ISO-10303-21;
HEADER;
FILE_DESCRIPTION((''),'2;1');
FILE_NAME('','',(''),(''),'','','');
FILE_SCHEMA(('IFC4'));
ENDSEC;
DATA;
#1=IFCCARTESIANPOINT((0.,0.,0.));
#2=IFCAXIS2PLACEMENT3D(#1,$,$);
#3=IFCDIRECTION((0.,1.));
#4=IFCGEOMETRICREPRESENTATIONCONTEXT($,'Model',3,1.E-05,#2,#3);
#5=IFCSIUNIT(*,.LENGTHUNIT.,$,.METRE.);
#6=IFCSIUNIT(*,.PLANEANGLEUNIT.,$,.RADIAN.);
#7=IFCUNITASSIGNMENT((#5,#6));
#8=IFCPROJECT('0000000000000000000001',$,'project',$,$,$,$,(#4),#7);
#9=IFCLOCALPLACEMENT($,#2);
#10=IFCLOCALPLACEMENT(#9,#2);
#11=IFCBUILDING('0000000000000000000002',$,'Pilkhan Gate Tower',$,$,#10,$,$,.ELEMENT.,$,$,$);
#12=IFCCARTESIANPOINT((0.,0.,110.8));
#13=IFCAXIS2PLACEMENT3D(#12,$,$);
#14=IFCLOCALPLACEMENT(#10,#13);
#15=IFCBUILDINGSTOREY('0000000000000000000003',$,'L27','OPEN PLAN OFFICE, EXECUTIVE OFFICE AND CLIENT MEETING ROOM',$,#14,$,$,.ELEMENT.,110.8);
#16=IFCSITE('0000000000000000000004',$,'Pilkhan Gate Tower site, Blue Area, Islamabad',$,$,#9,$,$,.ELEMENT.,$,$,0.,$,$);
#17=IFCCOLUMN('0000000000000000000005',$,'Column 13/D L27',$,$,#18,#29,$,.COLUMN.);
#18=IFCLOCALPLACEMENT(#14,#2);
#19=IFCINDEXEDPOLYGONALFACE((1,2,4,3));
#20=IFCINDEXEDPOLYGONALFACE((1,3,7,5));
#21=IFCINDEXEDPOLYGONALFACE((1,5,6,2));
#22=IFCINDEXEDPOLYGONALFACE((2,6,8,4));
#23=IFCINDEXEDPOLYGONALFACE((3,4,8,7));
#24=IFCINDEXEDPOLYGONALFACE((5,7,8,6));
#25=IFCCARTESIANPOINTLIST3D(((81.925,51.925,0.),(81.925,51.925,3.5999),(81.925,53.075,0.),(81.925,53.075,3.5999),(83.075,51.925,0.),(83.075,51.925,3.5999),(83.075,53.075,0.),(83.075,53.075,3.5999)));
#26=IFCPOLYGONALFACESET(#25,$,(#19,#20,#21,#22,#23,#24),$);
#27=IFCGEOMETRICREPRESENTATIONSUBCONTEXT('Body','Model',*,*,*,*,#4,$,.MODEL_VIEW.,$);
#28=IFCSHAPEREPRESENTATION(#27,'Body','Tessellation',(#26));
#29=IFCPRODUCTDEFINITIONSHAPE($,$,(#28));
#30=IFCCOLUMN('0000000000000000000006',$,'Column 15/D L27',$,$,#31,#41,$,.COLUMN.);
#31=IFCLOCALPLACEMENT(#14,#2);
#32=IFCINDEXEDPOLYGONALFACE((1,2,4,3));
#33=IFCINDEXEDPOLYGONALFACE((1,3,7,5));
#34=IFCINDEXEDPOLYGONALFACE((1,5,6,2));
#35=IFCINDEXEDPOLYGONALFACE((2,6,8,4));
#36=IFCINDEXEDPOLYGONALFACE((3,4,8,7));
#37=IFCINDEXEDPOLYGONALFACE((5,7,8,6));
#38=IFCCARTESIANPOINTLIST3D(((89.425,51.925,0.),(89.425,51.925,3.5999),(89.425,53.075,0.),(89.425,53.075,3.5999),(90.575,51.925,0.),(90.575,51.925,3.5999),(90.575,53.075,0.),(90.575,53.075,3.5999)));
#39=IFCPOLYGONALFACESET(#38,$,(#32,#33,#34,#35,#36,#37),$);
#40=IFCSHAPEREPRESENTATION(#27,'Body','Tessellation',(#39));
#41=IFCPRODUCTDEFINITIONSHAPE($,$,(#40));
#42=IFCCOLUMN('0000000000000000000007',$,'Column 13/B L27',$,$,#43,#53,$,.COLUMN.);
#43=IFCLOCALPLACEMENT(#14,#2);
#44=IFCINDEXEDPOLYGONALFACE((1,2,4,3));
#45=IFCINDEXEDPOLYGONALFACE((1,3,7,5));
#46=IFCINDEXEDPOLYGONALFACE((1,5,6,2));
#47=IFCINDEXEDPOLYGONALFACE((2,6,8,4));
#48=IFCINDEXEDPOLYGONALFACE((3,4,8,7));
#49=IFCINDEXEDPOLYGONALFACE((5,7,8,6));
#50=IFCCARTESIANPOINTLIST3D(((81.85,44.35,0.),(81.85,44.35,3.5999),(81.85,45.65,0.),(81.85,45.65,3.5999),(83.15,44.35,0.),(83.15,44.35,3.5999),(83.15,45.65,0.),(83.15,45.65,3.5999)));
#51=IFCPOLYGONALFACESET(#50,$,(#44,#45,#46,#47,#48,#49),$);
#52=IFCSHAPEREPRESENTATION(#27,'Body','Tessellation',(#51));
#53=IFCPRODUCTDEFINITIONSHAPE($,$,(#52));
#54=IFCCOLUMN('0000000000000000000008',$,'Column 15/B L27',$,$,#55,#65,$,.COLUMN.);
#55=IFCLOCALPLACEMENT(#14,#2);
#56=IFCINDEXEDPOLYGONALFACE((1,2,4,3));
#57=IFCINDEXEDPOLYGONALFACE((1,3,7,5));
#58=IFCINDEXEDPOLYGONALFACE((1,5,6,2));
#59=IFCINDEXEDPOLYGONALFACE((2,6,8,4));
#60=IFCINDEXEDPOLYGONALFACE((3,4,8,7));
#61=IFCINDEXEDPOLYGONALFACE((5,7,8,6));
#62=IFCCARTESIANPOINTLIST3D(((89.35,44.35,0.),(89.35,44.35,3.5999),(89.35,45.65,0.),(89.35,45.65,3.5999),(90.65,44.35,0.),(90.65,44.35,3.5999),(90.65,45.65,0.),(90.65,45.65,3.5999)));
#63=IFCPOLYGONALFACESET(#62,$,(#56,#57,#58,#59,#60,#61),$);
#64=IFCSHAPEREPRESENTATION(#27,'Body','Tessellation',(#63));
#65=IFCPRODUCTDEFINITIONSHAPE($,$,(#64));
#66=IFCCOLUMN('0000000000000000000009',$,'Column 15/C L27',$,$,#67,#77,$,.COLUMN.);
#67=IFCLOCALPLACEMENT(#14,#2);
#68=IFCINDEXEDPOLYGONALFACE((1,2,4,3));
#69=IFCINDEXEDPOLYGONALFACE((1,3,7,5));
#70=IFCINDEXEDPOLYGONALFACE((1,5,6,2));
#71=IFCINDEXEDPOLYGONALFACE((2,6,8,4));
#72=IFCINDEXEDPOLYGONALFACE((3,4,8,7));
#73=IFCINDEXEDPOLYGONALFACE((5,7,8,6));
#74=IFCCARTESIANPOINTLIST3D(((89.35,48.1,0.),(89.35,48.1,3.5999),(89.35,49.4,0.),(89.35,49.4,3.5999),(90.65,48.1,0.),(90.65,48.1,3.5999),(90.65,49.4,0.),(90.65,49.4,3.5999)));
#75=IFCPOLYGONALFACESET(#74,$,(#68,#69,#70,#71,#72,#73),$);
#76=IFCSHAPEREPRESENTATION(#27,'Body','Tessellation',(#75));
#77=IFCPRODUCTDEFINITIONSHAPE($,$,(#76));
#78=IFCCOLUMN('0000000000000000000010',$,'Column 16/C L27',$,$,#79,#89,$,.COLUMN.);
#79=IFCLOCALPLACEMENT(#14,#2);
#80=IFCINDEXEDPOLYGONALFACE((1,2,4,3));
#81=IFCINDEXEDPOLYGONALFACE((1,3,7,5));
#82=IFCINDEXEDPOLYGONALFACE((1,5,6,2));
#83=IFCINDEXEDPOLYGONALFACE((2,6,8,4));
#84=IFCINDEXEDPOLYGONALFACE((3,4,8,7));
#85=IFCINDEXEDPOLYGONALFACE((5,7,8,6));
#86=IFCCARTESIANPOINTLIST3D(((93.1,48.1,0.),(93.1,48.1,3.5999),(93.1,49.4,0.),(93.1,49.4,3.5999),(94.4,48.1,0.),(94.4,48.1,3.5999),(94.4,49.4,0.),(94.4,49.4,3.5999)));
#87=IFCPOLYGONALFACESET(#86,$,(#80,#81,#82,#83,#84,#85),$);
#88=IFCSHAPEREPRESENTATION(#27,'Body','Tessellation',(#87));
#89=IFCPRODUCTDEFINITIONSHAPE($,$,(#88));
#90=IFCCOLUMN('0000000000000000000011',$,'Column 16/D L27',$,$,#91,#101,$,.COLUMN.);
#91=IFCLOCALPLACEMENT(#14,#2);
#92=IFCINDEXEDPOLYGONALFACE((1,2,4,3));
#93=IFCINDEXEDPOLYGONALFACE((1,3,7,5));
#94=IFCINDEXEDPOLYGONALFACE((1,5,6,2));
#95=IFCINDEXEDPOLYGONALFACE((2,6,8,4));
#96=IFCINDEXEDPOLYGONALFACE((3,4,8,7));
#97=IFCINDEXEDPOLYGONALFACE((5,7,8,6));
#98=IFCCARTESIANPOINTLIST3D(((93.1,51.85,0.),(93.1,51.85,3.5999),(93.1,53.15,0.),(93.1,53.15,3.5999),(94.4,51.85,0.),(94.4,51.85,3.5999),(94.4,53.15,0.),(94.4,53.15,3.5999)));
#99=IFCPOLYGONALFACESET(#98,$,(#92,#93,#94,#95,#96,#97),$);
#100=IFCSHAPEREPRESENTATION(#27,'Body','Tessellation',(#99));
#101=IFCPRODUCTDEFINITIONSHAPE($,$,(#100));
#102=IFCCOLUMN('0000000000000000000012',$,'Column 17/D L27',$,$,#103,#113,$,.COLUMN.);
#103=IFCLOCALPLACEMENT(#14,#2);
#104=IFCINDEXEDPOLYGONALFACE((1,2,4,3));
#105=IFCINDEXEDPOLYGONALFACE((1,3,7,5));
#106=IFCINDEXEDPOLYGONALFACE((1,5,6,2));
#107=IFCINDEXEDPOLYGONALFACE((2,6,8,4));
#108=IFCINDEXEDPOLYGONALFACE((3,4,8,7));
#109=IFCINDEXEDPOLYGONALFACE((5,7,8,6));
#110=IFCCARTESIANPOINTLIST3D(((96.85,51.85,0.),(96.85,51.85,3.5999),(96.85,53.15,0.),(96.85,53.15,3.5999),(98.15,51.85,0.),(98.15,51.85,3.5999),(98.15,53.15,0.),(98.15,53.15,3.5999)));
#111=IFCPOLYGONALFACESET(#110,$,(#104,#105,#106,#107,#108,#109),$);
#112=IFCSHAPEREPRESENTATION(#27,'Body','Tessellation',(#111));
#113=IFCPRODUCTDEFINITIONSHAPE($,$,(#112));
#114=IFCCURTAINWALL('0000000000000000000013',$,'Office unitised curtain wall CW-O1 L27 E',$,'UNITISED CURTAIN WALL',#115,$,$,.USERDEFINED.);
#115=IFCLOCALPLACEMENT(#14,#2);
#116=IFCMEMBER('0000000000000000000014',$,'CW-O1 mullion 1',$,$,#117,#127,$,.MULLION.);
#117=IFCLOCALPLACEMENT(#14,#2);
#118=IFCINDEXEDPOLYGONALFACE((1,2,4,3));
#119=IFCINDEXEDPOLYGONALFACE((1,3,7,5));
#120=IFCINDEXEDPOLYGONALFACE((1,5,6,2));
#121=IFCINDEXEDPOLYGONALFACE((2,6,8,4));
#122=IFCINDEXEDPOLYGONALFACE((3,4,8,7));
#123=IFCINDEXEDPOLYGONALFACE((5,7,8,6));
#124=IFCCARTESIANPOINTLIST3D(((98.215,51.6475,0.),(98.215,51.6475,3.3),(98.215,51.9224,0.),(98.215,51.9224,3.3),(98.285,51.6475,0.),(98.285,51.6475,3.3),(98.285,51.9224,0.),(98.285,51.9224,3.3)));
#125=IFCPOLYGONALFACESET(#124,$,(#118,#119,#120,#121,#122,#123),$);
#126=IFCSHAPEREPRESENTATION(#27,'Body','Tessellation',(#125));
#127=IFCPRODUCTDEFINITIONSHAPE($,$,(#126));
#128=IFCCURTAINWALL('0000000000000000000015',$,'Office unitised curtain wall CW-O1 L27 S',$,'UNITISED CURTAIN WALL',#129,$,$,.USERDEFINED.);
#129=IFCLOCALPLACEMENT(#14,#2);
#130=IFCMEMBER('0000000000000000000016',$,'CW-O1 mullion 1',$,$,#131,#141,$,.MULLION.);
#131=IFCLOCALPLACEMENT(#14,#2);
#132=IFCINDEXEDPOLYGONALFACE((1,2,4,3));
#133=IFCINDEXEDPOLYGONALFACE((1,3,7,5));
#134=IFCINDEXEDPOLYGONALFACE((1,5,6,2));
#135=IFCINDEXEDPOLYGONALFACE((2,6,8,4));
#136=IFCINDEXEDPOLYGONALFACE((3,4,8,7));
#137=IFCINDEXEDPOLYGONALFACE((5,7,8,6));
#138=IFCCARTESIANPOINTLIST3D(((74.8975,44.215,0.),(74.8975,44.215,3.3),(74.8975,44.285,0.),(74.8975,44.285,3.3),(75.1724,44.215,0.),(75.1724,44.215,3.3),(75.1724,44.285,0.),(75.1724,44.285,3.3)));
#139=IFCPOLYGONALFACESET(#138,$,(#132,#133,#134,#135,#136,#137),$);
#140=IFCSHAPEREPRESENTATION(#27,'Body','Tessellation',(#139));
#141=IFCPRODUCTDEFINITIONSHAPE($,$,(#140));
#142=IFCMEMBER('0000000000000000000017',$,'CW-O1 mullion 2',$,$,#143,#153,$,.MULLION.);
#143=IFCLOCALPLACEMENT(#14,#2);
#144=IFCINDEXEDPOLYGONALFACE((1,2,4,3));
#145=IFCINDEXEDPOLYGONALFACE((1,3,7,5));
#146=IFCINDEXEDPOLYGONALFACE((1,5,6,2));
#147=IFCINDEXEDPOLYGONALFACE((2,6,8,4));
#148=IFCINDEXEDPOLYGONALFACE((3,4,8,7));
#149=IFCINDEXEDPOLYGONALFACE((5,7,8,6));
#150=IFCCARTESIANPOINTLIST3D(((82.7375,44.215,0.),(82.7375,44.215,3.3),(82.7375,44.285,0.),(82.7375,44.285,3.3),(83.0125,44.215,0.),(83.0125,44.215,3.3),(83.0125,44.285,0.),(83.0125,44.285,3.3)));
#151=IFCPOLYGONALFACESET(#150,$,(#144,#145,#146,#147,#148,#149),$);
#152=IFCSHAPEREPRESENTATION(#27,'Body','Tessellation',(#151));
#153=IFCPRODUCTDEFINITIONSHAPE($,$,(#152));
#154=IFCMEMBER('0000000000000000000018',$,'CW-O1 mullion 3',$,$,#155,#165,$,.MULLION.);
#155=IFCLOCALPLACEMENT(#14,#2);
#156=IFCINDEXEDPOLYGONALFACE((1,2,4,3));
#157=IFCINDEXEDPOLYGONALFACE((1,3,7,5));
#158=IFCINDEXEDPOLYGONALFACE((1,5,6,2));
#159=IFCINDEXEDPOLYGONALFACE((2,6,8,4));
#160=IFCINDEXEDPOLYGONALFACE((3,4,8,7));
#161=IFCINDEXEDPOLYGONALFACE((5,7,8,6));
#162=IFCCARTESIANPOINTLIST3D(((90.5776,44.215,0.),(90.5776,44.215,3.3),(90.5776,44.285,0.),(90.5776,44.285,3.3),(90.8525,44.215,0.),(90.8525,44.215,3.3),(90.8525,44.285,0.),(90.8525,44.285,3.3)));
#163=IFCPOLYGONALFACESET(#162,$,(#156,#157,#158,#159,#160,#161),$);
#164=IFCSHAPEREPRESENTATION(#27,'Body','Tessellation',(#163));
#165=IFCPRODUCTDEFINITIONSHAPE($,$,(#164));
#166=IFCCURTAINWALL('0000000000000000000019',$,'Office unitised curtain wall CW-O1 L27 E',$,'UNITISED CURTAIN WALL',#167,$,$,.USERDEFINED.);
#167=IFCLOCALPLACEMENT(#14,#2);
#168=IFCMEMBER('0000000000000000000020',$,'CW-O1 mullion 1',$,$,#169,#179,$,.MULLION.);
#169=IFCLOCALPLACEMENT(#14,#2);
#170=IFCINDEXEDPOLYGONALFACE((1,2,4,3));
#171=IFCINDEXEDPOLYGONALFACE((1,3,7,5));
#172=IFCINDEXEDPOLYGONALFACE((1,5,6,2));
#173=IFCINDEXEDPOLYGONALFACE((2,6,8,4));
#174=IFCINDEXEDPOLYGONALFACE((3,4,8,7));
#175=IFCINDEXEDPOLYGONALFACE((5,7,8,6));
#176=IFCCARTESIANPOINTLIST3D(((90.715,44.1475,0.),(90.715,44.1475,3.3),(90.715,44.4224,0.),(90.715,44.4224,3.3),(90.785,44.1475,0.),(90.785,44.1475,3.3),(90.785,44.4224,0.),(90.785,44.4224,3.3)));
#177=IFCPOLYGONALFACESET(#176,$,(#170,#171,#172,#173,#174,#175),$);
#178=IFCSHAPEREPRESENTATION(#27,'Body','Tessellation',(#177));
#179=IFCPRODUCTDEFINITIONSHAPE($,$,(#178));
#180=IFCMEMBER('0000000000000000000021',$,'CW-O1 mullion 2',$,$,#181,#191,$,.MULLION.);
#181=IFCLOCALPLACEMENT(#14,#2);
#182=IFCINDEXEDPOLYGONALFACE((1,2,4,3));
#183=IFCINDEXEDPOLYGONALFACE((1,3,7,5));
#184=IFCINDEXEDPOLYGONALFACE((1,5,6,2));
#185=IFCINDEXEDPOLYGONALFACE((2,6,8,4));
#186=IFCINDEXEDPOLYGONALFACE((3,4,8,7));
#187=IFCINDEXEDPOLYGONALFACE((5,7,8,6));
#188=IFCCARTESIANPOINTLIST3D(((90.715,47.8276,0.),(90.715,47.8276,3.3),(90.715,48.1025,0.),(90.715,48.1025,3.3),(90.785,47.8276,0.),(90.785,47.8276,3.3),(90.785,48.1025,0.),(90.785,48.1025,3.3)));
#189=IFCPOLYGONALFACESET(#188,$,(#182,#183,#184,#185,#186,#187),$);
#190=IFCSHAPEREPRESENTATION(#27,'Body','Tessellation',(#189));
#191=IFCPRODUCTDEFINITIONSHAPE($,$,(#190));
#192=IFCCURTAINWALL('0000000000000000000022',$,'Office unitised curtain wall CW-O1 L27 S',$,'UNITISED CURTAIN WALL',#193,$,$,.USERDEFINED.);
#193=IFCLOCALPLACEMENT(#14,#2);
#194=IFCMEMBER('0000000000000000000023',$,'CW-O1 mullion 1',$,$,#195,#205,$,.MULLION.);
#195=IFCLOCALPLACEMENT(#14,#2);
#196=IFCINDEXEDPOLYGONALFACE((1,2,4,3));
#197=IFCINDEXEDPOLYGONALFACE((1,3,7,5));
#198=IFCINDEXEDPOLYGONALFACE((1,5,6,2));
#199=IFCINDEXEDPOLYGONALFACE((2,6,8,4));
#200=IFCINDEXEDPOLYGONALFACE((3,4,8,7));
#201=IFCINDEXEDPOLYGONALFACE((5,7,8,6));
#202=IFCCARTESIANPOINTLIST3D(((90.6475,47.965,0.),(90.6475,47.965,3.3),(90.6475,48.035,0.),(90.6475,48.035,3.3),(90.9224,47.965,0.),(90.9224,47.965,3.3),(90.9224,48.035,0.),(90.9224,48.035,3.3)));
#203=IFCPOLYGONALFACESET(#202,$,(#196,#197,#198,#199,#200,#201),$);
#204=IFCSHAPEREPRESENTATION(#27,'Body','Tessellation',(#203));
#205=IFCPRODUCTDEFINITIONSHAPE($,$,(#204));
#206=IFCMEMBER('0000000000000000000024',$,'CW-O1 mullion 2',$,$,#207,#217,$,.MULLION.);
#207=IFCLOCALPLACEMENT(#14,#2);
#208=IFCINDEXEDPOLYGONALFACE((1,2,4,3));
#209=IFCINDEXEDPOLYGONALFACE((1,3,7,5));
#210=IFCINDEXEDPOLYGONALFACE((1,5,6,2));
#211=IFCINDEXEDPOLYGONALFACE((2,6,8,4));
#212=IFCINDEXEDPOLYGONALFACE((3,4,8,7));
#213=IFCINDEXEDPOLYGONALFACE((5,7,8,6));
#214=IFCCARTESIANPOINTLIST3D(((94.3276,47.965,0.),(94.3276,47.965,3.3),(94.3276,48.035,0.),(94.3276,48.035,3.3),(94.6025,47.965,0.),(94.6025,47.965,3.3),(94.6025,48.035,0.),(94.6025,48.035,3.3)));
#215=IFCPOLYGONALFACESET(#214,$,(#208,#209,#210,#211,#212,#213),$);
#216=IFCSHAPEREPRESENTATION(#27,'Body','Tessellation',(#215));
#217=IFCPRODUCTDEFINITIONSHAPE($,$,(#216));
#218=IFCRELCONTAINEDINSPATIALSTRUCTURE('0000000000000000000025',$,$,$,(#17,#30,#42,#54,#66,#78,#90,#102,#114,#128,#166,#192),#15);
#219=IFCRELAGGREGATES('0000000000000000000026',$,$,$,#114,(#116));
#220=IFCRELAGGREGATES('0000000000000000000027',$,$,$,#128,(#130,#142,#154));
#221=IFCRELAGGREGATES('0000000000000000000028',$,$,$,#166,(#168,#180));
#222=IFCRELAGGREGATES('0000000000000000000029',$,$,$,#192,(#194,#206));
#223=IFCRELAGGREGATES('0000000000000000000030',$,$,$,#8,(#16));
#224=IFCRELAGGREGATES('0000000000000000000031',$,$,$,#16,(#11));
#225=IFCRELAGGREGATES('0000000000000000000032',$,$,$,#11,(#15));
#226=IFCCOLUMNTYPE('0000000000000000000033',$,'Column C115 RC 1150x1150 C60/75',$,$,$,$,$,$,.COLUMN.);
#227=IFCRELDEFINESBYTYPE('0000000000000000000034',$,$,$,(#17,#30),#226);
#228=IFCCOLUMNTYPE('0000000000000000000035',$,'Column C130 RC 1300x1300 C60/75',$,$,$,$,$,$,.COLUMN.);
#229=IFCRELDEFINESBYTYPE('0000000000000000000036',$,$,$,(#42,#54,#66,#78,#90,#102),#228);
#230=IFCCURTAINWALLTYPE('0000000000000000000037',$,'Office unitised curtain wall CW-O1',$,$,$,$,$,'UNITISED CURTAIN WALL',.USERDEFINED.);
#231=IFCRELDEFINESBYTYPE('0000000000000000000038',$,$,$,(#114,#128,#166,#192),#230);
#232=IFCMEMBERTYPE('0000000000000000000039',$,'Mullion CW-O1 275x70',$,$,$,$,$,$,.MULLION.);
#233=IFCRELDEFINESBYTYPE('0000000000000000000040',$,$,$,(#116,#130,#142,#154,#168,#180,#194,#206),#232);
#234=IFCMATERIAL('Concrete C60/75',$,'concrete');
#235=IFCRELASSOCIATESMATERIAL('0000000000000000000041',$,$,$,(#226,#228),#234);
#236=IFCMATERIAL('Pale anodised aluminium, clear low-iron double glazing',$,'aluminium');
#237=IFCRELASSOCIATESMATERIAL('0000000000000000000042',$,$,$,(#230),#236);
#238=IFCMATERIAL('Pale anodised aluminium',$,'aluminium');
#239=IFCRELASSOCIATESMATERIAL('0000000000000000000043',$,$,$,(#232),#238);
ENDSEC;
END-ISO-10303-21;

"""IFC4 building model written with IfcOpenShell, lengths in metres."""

from ifc_helpers import new_model, si_unit, direction, frame, origin, origin_2d, place, context, subcontext, project, spatial, rectangle, extrude, material, material_profile, profile_set, type_object, element, aggregate, save


model = new_model("IFC4")

# Units and contexts
model_context = context("Model", 3, precision=1e-05, world=origin(), true_north=direction((0.0, 1.0)))
body_context = subcontext(model_context, "Body", "Model", "MODEL_VIEW")
ifc_project = project(units=[si_unit("LENGTHUNIT", "METRE"), si_unit("PLANEANGLEUNIT", "RADIAN")], contexts=[model_context])

# Site, building, storey
site_placement = place(None, origin())
site = spatial("IfcSite", under=ifc_project, at=site_placement, Name="Pilkhan Gate Tower site, Blue Area, Islamabad", CompositionType="ELEMENT", RefElevation=0.0)
building_placement = place(site_placement, origin())
building = spatial("IfcBuilding", under=site, at=building_placement, Name="Pilkhan Gate Tower", CompositionType="ELEMENT")
storey_placement = place(building_placement, frame((0.0, 0.0, 110.8)))
storey = spatial("IfcBuildingStorey", under=building, at=storey_placement, Name="L27", Description="OPEN PLAN OFFICE, EXECUTIVE OFFICE AND CLIENT MEETING ROOM", CompositionType="ELEMENT", Elevation=110.8)

# Columns
ifc_material_1 = material(Name="Concrete C60/75", Category="concrete")
ifc_material_profile_1 = material_profile(ifc_material_1, rectangle(XDim=1.1499, YDim=1.1499, at=origin_2d()), Name="RC 1150x1150")
ifc_profile_set_1 = profile_set([ifc_material_profile_1], Name="Concrete C60/75")
column_type_1 = type_object("IfcColumnType", Name="Column C115 RC 1150x1150 C60/75", PredefinedType="COLUMN", material=ifc_profile_set_1)
for number, where, z_axis, x_axis, name in (
    (1, (82.5, 52.5, 0.0), (0.0, 0.0, 1.0), (1.0, 0.0, 0.0), "Column 13/D L27"),
    (2, (90.0, 52.5, 0.0), (0.0, 0.0, 1.0), (1.0, 0.0, 0.0), "Column 15/D L27"),
):
    element("IfcColumn", number, at=place(storey_placement, frame(where, z_axis=z_axis, x_axis=x_axis)), inside=storey, type_object=column_type_1, Name=name, PredefinedType="COLUMN", context=body_context, shape_type="SweptSolid", body=[
        extrude(rectangle(XDim=1.1499, YDim=1.1499, at=origin_2d()), origin(), (0.0, 0.0, 1.0), 3.5999),
    ])
ifc_material_profile_2 = material_profile(ifc_material_1, rectangle(XDim=1.3, YDim=1.3, at=origin_2d()), Name="RC 1300x1300")
ifc_profile_set_2 = profile_set([ifc_material_profile_2], Name="Concrete C60/75")
column_type_2 = type_object("IfcColumnType", Name="Column C130 RC 1300x1300 C60/75", PredefinedType="COLUMN", material=ifc_profile_set_2)
for number, where, z_axis, x_axis, name in (
    (3, (82.5, 45.0, 0.0), (0.0, 0.0, 1.0), (1.0, 0.0, 0.0), "Column 13/B L27"),
    (4, (90.0, 45.0, 0.0), (0.0, 0.0, 1.0), (1.0, 0.0, 0.0), "Column 15/B L27"),
    (5, (90.0, 48.75, 0.0), (0.0, 0.0, 1.0), (1.0, 0.0, 0.0), "Column 15/C L27"),
    (6, (93.75, 48.75, 0.0), (0.0, 0.0, 1.0), (1.0, 0.0, 0.0), "Column 16/C L27"),
    (7, (93.75, 52.5, 0.0), (0.0, 0.0, 1.0), (1.0, 0.0, 0.0), "Column 16/D L27"),
    (8, (97.5, 52.5, 0.0), (0.0, 0.0, 1.0), (1.0, 0.0, 0.0), "Column 17/D L27"),
):
    element("IfcColumn", number, at=place(storey_placement, frame(where, z_axis=z_axis, x_axis=x_axis)), inside=storey, type_object=column_type_2, Name=name, PredefinedType="COLUMN", context=body_context, shape_type="SweptSolid", body=[
        extrude(rectangle(XDim=1.3, YDim=1.3, at=origin_2d()), origin(), (0.0, 0.0, 1.0), 3.5999),
    ])

# Curtain wall, member
ifc_material_2 = material(Name="Pale anodised aluminium, clear low-iron double glazing", Category="aluminium")
curtain_wall_type = type_object("IfcCurtainWallType", Name="Office unitised curtain wall CW-O1", ElementType="UNITISED CURTAIN WALL", PredefinedType="USERDEFINED", material=ifc_material_2)
curtain_wall_1_placement = place(storey_placement, origin())
curtain_wall_1 = element("IfcCurtainWall", 9, at=curtain_wall_1_placement, inside=storey, type_object=curtain_wall_type, Name="Office unitised curtain wall CW-O1 L27 E", ObjectType="UNITISED CURTAIN WALL", PredefinedType="USERDEFINED")
ifc_material_3 = material(Name="Pale anodised aluminium", Category="aluminium")
ifc_material_profile_3 = material_profile(ifc_material_3, rectangle(XDim=0.0701, YDim=0.2749, at=origin_2d()), Name="Mullion 275x70")
ifc_profile_set_3 = profile_set([ifc_material_profile_3], Name="Pale anodised aluminium")
member_type_1 = type_object("IfcMemberType", Name="Mullion CW-O1 275x70", PredefinedType="MULLION", material=ifc_profile_set_3)
member_1_placement = place(storey_placement, frame((98.25, 51.7849, 0.0), z_axis=(0.0, 0.0, 1.0), x_axis=(-1.0, 0.0, 0.0)))
member_1 = element("IfcMember", 10, at=member_1_placement, type_object=member_type_1, Name="CW-O1 mullion 1", PredefinedType="MULLION", context=body_context, shape_type="SweptSolid", body=[
    extrude(rectangle(XDim=0.0701, YDim=0.2749, at=origin_2d()), origin(), (0.0, 0.0, 1.0), 3.3),
])

# Curtain walls, members
curtain_wall_2_placement = place(storey_placement, origin())
curtain_wall_2 = element("IfcCurtainWall", 11, at=curtain_wall_2_placement, inside=storey, type_object=curtain_wall_type, Name="Office unitised curtain wall CW-O1 L27 S", ObjectType="UNITISED CURTAIN WALL", PredefinedType="USERDEFINED")
member_2_placement = place(storey_placement, frame((75.0349, 44.25, 0.0), z_axis=(0.0, 0.0, 1.0), x_axis=(0.0, 1.0, 0.0)))
member_2 = element("IfcMember", 12, at=member_2_placement, type_object=member_type_1, Name="CW-O1 mullion 1", PredefinedType="MULLION", context=body_context, shape_type="SweptSolid", body=[
    extrude(rectangle(XDim=0.0701, YDim=0.2749, at=origin_2d()), origin(), (0.0, 0.0, 1.0), 3.3),
])
member_3_placement = place(storey_placement, frame((82.875, 44.25, 0.0), z_axis=(0.0, 0.0, 1.0), x_axis=(0.0, 1.0, 0.0)))
member_3 = element("IfcMember", 13, at=member_3_placement, type_object=member_type_1, Name="CW-O1 mullion 2", PredefinedType="MULLION", context=body_context, shape_type="SweptSolid", body=[
    extrude(rectangle(XDim=0.0701, YDim=0.2749, at=origin_2d()), origin(), (0.0, 0.0, 1.0), 3.3),
])
member_4_placement = place(storey_placement, frame((90.7151, 44.25, 0.0), z_axis=(0.0, 0.0, 1.0), x_axis=(0.0, 1.0, 0.0)))
member_4 = element("IfcMember", 14, at=member_4_placement, type_object=member_type_1, Name="CW-O1 mullion 3", PredefinedType="MULLION", context=body_context, shape_type="SweptSolid", body=[
    extrude(rectangle(XDim=0.0701, YDim=0.2749, at=origin_2d()), origin(), (0.0, 0.0, 1.0), 3.3),
])
curtain_wall_3_placement = place(storey_placement, origin())
curtain_wall_3 = element("IfcCurtainWall", 15, at=curtain_wall_3_placement, inside=storey, type_object=curtain_wall_type, Name="Office unitised curtain wall CW-O1 L27 E", ObjectType="UNITISED CURTAIN WALL", PredefinedType="USERDEFINED")
member_5_placement = place(storey_placement, frame((90.75, 44.2849, 0.0), z_axis=(0.0, 0.0, 1.0), x_axis=(-1.0, 0.0, 0.0)))
member_5 = element("IfcMember", 16, at=member_5_placement, type_object=member_type_1, Name="CW-O1 mullion 1", PredefinedType="MULLION", context=body_context, shape_type="SweptSolid", body=[
    extrude(rectangle(XDim=0.0701, YDim=0.2749, at=origin_2d()), origin(), (0.0, 0.0, 1.0), 3.3),
])
member_6_placement = place(storey_placement, frame((90.75, 47.9651, 0.0), z_axis=(0.0, 0.0, 1.0), x_axis=(-1.0, 0.0, 0.0)))
member_6 = element("IfcMember", 17, at=member_6_placement, type_object=member_type_1, Name="CW-O1 mullion 2", PredefinedType="MULLION", context=body_context, shape_type="SweptSolid", body=[
    extrude(rectangle(XDim=0.0701, YDim=0.2749, at=origin_2d()), origin(), (0.0, 0.0, 1.0), 3.3),
])
curtain_wall_4_placement = place(storey_placement, origin())
curtain_wall_4 = element("IfcCurtainWall", 18, at=curtain_wall_4_placement, inside=storey, type_object=curtain_wall_type, Name="Office unitised curtain wall CW-O1 L27 S", ObjectType="UNITISED CURTAIN WALL", PredefinedType="USERDEFINED")
member_7_placement = place(storey_placement, frame((90.7849, 48.0, 0.0), z_axis=(0.0, 0.0, 1.0), x_axis=(0.0, 1.0, 0.0)))
member_7 = element("IfcMember", 19, at=member_7_placement, type_object=member_type_1, Name="CW-O1 mullion 1", PredefinedType="MULLION", context=body_context, shape_type="SweptSolid", body=[
    extrude(rectangle(XDim=0.0701, YDim=0.2749, at=origin_2d()), origin(), (0.0, 0.0, 1.0), 3.3),
])
member_8_placement = place(storey_placement, frame((94.4651, 48.0, 0.0), z_axis=(0.0, 0.0, 1.0), x_axis=(0.0, 1.0, 0.0)))
member_8 = element("IfcMember", 20, at=member_8_placement, type_object=member_type_1, Name="CW-O1 mullion 2", PredefinedType="MULLION", context=body_context, shape_type="SweptSolid", body=[
    extrude(rectangle(XDim=0.0701, YDim=0.2749, at=origin_2d()), origin(), (0.0, 0.0, 1.0), 3.3),
])

aggregate(curtain_wall_1, [member_1])

aggregate(curtain_wall_2, [member_2, member_3, member_4])
aggregate(curtain_wall_3, [member_5, member_6])
aggregate(curtain_wall_4, [member_7, member_8])

save(model, "model.ifc")
